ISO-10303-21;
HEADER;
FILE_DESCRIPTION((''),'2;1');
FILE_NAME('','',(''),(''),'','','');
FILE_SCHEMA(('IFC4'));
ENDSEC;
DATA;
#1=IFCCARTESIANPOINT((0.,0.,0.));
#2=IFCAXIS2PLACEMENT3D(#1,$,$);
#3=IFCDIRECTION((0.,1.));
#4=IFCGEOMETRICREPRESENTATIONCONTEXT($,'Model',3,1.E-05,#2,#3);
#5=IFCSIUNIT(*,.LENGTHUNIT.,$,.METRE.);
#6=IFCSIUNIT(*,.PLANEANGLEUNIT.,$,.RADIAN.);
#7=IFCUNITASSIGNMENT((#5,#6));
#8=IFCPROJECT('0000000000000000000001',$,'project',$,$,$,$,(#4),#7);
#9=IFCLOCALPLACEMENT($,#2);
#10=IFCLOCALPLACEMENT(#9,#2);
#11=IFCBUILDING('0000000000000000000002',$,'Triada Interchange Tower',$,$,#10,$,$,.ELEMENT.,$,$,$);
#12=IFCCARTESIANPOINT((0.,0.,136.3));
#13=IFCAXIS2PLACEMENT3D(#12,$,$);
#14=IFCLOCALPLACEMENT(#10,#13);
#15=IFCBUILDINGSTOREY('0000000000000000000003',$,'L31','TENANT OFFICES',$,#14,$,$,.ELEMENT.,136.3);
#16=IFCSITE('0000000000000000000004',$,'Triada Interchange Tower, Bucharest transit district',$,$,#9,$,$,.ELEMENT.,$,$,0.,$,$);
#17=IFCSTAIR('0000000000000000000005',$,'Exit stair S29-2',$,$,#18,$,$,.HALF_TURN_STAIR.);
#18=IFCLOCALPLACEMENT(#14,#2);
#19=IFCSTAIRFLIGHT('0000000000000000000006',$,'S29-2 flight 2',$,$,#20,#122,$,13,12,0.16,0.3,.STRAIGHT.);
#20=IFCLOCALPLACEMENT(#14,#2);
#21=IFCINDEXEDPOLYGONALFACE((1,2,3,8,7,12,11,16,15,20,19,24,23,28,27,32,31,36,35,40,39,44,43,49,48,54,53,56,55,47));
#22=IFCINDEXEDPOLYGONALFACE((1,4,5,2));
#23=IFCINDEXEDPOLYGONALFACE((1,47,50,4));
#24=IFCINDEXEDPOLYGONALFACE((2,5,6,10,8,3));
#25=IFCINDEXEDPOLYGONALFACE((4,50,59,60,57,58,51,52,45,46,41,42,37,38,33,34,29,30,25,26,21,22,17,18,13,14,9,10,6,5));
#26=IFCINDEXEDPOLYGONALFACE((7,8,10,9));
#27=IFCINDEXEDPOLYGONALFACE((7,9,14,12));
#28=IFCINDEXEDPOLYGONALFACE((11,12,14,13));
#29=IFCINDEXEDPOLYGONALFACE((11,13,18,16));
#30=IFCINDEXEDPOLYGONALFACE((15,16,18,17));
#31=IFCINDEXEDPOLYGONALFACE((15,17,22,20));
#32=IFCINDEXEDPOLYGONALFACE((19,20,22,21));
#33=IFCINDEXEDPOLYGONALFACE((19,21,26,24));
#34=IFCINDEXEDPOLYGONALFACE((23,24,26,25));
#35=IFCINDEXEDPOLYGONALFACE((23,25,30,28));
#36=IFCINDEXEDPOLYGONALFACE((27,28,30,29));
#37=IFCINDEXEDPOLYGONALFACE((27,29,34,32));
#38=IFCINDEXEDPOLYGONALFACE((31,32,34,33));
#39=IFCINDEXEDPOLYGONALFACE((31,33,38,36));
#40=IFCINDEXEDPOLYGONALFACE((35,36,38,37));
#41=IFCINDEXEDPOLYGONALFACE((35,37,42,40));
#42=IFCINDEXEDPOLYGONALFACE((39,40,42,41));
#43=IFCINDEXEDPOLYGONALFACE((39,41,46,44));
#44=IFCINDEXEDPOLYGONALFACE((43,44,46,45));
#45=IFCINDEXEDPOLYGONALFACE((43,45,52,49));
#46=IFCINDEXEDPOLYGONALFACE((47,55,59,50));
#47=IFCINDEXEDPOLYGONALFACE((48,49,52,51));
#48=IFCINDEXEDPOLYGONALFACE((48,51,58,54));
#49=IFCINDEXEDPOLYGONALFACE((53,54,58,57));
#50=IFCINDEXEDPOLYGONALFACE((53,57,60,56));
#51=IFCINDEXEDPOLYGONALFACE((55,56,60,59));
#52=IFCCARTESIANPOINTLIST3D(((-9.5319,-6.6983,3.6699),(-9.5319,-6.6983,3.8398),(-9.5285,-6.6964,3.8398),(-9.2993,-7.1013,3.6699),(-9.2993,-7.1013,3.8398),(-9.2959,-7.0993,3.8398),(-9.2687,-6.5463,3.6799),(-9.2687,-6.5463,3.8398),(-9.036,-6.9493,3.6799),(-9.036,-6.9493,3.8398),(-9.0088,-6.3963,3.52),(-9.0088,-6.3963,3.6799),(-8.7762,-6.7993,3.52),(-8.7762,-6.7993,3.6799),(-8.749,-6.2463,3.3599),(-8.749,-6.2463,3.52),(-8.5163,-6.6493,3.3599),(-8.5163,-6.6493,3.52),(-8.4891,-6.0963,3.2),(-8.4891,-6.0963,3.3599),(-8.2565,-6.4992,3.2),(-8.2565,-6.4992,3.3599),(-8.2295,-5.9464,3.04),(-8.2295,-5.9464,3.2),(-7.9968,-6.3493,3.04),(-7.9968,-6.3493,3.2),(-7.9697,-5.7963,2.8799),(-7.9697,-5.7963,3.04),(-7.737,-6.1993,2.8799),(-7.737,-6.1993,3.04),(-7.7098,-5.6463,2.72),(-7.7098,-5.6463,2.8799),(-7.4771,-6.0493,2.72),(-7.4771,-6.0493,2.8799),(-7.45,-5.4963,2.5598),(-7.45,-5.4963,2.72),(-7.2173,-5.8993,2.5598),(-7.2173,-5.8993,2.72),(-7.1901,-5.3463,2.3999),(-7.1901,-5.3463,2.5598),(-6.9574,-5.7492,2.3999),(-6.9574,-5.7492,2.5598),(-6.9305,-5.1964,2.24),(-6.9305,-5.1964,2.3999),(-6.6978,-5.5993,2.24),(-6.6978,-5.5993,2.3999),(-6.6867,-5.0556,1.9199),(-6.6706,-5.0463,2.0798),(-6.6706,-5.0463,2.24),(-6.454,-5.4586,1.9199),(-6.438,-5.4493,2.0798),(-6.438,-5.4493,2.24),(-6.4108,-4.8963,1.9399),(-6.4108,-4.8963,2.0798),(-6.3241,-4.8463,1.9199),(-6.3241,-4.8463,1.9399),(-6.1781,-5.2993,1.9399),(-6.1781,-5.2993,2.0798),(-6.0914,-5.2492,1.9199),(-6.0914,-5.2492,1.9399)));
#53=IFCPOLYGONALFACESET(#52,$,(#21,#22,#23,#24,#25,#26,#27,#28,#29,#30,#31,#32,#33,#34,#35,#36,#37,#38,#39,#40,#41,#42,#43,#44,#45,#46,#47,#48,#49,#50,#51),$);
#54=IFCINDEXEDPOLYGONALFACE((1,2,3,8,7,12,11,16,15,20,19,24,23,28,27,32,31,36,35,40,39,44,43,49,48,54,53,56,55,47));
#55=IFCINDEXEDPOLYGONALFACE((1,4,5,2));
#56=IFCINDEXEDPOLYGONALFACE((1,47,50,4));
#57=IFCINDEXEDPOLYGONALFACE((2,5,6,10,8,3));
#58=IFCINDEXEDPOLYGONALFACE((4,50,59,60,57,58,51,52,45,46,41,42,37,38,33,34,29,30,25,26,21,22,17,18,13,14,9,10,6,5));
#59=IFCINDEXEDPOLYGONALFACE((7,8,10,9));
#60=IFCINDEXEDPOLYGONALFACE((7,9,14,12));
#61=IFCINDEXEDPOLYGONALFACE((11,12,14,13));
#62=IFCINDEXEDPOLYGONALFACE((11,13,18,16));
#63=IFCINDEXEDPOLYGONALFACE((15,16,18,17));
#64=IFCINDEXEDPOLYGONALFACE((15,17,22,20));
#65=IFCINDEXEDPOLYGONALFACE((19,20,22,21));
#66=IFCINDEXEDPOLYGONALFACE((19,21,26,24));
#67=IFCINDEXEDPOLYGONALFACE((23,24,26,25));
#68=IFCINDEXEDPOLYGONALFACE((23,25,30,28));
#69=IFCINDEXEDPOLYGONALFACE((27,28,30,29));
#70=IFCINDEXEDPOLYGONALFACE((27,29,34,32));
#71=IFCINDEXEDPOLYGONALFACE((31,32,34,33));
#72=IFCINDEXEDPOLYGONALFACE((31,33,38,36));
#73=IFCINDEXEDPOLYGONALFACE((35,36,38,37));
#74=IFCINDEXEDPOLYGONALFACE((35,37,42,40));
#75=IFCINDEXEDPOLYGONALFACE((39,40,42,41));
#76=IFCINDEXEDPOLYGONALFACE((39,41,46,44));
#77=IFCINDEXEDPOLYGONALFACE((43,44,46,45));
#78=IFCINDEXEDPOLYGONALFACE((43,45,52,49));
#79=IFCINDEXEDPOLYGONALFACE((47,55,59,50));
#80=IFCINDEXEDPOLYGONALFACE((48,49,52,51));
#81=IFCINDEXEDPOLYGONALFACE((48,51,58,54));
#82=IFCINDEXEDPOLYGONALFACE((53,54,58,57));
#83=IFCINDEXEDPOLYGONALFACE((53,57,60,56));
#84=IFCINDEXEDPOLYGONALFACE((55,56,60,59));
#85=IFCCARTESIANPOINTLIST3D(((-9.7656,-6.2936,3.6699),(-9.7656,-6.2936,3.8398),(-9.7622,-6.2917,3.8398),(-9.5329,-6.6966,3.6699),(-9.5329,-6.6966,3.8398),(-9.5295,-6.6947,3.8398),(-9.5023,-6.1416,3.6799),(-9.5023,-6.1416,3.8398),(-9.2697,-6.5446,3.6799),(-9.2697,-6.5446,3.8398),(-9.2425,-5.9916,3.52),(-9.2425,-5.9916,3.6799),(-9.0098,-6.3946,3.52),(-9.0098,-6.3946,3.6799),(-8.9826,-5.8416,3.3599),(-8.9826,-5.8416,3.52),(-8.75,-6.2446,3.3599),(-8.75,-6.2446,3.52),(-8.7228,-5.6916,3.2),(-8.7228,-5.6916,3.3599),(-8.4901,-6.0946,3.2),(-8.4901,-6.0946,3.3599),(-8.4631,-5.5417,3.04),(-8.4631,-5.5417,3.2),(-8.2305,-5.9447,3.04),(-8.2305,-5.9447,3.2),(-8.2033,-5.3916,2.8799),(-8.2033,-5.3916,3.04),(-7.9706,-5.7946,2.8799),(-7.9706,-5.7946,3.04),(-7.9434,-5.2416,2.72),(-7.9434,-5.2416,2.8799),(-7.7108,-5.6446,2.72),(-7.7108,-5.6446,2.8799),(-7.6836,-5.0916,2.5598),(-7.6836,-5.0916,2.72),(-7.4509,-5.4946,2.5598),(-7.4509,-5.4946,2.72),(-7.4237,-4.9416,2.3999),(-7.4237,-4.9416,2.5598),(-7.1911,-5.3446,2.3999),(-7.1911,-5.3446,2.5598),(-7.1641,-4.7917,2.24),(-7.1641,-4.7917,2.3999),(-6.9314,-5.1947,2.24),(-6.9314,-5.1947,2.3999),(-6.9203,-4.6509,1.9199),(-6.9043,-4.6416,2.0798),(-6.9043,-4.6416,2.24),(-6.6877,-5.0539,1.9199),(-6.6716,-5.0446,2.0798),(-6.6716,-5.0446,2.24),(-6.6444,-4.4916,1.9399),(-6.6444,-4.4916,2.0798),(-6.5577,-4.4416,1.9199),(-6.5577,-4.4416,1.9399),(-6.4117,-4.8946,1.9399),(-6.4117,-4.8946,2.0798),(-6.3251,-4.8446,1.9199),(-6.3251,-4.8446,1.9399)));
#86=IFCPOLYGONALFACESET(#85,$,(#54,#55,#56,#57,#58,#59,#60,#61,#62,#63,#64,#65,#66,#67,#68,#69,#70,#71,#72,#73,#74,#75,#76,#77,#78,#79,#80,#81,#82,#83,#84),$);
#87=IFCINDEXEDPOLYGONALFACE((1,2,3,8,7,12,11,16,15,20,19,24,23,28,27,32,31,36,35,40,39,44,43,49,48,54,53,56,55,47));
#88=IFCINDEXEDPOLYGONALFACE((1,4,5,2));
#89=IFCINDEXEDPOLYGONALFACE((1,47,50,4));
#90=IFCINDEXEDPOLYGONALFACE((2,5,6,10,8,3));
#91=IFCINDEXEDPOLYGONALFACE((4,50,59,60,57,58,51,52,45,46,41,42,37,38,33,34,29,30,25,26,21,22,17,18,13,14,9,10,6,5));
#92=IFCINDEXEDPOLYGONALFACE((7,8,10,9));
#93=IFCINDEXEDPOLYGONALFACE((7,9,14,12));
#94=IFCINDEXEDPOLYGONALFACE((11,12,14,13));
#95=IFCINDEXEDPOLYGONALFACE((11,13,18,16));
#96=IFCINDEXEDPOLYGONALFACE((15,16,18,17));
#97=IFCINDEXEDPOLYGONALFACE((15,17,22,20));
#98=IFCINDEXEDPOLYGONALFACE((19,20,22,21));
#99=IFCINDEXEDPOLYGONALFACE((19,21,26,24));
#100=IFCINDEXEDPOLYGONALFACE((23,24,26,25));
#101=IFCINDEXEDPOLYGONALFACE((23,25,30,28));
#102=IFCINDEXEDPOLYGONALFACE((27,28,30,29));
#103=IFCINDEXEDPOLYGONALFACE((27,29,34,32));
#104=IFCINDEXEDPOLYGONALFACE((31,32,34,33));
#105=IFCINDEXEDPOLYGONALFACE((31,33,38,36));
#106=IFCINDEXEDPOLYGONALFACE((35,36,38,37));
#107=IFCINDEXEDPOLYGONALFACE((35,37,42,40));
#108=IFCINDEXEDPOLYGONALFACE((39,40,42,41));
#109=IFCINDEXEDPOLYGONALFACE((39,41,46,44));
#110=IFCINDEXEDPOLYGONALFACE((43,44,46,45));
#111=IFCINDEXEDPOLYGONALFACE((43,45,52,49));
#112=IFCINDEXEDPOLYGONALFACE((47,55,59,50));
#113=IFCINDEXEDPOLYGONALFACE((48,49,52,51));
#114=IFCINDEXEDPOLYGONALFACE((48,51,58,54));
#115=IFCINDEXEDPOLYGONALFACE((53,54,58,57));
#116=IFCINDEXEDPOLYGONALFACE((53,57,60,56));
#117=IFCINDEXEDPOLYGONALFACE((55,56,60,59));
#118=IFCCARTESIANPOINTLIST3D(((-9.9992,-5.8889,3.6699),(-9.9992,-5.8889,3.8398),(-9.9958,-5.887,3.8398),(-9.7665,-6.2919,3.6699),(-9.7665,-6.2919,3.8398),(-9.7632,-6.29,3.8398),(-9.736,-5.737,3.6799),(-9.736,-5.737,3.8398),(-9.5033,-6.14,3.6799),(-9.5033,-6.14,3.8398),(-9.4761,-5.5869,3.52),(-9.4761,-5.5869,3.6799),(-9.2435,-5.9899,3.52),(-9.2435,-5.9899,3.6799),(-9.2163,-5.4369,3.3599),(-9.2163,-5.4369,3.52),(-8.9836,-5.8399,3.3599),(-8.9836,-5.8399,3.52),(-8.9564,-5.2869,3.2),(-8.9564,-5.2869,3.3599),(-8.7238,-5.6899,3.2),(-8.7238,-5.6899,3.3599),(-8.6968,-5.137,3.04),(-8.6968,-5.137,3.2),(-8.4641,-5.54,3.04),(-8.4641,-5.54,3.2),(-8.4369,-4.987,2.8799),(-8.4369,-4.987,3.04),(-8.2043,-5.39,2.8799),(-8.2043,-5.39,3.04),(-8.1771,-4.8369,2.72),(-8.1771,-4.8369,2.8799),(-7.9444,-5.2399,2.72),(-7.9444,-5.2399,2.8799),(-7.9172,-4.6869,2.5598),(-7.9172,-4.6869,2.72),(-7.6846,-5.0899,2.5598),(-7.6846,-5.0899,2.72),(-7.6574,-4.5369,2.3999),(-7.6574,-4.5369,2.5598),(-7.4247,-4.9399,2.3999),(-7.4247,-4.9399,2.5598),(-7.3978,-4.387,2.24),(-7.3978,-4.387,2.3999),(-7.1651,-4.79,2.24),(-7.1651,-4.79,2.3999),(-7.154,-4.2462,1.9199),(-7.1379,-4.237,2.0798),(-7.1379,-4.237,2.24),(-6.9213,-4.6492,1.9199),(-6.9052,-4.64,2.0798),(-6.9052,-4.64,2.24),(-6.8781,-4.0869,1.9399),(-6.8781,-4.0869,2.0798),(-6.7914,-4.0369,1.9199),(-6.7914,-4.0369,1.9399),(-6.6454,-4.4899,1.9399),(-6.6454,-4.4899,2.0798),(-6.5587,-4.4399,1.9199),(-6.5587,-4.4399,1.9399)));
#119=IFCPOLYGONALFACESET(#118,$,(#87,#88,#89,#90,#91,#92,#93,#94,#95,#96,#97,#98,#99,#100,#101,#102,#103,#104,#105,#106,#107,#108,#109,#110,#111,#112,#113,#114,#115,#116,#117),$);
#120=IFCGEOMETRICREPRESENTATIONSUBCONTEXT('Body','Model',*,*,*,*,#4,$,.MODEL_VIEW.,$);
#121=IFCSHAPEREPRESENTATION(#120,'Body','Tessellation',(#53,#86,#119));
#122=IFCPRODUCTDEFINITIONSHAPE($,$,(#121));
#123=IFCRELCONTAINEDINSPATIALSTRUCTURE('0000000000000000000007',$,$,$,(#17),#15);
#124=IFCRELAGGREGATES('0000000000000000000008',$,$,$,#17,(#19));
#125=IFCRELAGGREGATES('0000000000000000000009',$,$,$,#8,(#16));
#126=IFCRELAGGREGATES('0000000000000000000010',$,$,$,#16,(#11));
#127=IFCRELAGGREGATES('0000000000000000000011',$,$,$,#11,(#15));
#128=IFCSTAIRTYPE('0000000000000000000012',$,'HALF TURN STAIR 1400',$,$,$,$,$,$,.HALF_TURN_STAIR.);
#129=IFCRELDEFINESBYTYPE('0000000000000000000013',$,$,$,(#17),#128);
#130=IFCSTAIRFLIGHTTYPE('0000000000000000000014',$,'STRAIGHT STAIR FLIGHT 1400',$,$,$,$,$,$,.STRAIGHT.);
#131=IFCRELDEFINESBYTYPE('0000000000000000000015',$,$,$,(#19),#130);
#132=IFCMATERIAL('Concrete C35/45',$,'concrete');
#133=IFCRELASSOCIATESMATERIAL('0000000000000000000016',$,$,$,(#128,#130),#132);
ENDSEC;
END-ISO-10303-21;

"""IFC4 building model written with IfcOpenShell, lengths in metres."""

from ifc_helpers import new_model, si_unit, direction, frame, origin, place, context, subcontext, project, spatial, polyline, outline, extrude, material, type_object, element, aggregate, save


model = new_model("IFC4")

# Units and contexts
model_context = context("Model", 3, precision=1e-05, world=origin(), true_north=direction((0.0, 1.0)))
body_context = subcontext(model_context, "Body", "Model", "MODEL_VIEW")
ifc_project = project(units=[si_unit("LENGTHUNIT", "METRE"), si_unit("PLANEANGLEUNIT", "RADIAN")], contexts=[model_context])

# Site, building, storey
site_placement = place(None, origin())
site = spatial("IfcSite", under=ifc_project, at=site_placement, Name="Triada Interchange Tower, Bucharest transit district", CompositionType="ELEMENT", RefElevation=0.0)
building_placement = place(site_placement, origin())
building = spatial("IfcBuilding", under=site, at=building_placement, Name="Triada Interchange Tower", CompositionType="ELEMENT")
storey_placement = place(building_placement, frame((0.0, 0.0, 136.3)))
storey = spatial("IfcBuildingStorey", under=building, at=storey_placement, Name="L31", Description="TENANT OFFICES", CompositionType="ELEMENT", Elevation=136.3)

# Stair, stair flight
ifc_material_1 = material(Name="Concrete C35/45", Category="concrete")
stair_type = type_object("IfcStairType", Name="HALF TURN STAIR 1400", PredefinedType="HALF_TURN_STAIR", material=ifc_material_1)
stair_placement = place(storey_placement, origin())
stair = element("IfcStair", 1, at=stair_placement, inside=storey, type_object=stair_type, Name="Exit stair S29-2", PredefinedType="HALF_TURN_STAIR")
stair_flight_type = type_object("IfcStairFlightType", Name="STRAIGHT STAIR FLIGHT 1400", PredefinedType="STRAIGHT", material=ifc_material_1)
stair_flight_1_placement = place(storey_placement, frame((-6.5281, -4.6931, 1.9199), z_axis=(0.0, 0.0, 1.0), x_axis=(-0.866025, -0.5, 0.0)))
stair_flight_1 = element("IfcStairFlight", 2, at=stair_flight_1_placement, type_object=stair_flight_type, Name="S29-2 flight 2", NumberOfRisers=13, NumberOfTreads=12, PredefinedType="STRAIGHT", RiserHeight=0.16, TreadLength=0.3, context=body_context, shape_type="SweptSolid", body=[
    extrude(outline(polyline([(-0.1001, 0.0), (-0.1001, 0.02), (0.0, 0.02), (0.0, 0.1599), (0.3, 0.1599), (0.3, 0.3201), (0.6001, 0.3201), (0.6001, 0.48), (0.8999, 0.48), (0.8999, 0.6399), (1.2, 0.6399), (1.2, 0.8), (1.5, 0.8), (1.5, 0.96), (1.8, 0.96), (1.8, 1.1201), (2.1001, 1.1201), (2.1001, 1.28), (2.3999, 1.28), (2.3999, 1.4399), (2.7, 1.4399), (2.7, 1.6001), (3.0, 1.6001), (3.0, 1.76), (3.3, 1.76), (3.3, 1.9199), (3.6001, 1.9199), (3.604, 1.9199), (3.604, 2.0801), (3.604, 1.75), (0.3186, 0.0), (-0.1001, 0.0)])), frame((0.0, 0.7, 0.0), z_axis=(0.0, -1.0, 0.0), x_axis=(1.0, 0.0, 0.0)), (0.0, 0.0, 1.0), 0.4653),
    extrude(outline(polyline([(-0.1001, 0.0), (-0.1001, 0.02), (0.0, 0.02), (0.0, 0.1599), (0.3, 0.1599), (0.3, 0.3201), (0.6001, 0.3201), (0.6001, 0.48), (0.8999, 0.48), (0.8999, 0.6399), (1.2, 0.6399), (1.2, 0.8), (1.5, 0.8), (1.5, 0.96), (1.8, 0.96), (1.8, 1.1201), (2.1001, 1.1201), (2.1001, 1.28), (2.3999, 1.28), (2.3999, 1.4399), (2.7, 1.4399), (2.7, 1.6001), (3.0, 1.6001), (3.0, 1.76), (3.3, 1.76), (3.3, 1.9199), (3.6001, 1.9199), (3.604, 1.9199), (3.604, 2.0801), (3.604, 1.75), (0.3186, 0.0), (-0.1001, 0.0)])), frame((0.0, 0.2327, 0.0), z_axis=(0.0, -1.0, 0.0), x_axis=(1.0, 0.0, 0.0)), (0.0, 0.0, 1.0), 0.4653),
    extrude(outline(polyline([(-0.1001, 0.0), (-0.1001, 0.02), (0.0, 0.02), (0.0, 0.1599), (0.3, 0.1599), (0.3, 0.3201), (0.6001, 0.3201), (0.6001, 0.48), (0.8999, 0.48), (0.8999, 0.6399), (1.2, 0.6399), (1.2, 0.8), (1.5, 0.8), (1.5, 0.96), (1.8, 0.96), (1.8, 1.1201), (2.1001, 1.1201), (2.1001, 1.28), (2.3999, 1.28), (2.3999, 1.4399), (2.7, 1.4399), (2.7, 1.6001), (3.0, 1.6001), (3.0, 1.76), (3.3, 1.76), (3.3, 1.9199), (3.6001, 1.9199), (3.604, 1.9199), (3.604, 2.0801), (3.604, 1.75), (0.3186, 0.0), (-0.1001, 0.0)])), frame((0.0, -0.2346, 0.0), z_axis=(0.0, -1.0, 0.0), x_axis=(1.0, 0.0, 0.0)), (0.0, 0.0, 1.0), 0.4653),
])
aggregate(stair, [stair_flight_1])

save(model, "model.ifc")
